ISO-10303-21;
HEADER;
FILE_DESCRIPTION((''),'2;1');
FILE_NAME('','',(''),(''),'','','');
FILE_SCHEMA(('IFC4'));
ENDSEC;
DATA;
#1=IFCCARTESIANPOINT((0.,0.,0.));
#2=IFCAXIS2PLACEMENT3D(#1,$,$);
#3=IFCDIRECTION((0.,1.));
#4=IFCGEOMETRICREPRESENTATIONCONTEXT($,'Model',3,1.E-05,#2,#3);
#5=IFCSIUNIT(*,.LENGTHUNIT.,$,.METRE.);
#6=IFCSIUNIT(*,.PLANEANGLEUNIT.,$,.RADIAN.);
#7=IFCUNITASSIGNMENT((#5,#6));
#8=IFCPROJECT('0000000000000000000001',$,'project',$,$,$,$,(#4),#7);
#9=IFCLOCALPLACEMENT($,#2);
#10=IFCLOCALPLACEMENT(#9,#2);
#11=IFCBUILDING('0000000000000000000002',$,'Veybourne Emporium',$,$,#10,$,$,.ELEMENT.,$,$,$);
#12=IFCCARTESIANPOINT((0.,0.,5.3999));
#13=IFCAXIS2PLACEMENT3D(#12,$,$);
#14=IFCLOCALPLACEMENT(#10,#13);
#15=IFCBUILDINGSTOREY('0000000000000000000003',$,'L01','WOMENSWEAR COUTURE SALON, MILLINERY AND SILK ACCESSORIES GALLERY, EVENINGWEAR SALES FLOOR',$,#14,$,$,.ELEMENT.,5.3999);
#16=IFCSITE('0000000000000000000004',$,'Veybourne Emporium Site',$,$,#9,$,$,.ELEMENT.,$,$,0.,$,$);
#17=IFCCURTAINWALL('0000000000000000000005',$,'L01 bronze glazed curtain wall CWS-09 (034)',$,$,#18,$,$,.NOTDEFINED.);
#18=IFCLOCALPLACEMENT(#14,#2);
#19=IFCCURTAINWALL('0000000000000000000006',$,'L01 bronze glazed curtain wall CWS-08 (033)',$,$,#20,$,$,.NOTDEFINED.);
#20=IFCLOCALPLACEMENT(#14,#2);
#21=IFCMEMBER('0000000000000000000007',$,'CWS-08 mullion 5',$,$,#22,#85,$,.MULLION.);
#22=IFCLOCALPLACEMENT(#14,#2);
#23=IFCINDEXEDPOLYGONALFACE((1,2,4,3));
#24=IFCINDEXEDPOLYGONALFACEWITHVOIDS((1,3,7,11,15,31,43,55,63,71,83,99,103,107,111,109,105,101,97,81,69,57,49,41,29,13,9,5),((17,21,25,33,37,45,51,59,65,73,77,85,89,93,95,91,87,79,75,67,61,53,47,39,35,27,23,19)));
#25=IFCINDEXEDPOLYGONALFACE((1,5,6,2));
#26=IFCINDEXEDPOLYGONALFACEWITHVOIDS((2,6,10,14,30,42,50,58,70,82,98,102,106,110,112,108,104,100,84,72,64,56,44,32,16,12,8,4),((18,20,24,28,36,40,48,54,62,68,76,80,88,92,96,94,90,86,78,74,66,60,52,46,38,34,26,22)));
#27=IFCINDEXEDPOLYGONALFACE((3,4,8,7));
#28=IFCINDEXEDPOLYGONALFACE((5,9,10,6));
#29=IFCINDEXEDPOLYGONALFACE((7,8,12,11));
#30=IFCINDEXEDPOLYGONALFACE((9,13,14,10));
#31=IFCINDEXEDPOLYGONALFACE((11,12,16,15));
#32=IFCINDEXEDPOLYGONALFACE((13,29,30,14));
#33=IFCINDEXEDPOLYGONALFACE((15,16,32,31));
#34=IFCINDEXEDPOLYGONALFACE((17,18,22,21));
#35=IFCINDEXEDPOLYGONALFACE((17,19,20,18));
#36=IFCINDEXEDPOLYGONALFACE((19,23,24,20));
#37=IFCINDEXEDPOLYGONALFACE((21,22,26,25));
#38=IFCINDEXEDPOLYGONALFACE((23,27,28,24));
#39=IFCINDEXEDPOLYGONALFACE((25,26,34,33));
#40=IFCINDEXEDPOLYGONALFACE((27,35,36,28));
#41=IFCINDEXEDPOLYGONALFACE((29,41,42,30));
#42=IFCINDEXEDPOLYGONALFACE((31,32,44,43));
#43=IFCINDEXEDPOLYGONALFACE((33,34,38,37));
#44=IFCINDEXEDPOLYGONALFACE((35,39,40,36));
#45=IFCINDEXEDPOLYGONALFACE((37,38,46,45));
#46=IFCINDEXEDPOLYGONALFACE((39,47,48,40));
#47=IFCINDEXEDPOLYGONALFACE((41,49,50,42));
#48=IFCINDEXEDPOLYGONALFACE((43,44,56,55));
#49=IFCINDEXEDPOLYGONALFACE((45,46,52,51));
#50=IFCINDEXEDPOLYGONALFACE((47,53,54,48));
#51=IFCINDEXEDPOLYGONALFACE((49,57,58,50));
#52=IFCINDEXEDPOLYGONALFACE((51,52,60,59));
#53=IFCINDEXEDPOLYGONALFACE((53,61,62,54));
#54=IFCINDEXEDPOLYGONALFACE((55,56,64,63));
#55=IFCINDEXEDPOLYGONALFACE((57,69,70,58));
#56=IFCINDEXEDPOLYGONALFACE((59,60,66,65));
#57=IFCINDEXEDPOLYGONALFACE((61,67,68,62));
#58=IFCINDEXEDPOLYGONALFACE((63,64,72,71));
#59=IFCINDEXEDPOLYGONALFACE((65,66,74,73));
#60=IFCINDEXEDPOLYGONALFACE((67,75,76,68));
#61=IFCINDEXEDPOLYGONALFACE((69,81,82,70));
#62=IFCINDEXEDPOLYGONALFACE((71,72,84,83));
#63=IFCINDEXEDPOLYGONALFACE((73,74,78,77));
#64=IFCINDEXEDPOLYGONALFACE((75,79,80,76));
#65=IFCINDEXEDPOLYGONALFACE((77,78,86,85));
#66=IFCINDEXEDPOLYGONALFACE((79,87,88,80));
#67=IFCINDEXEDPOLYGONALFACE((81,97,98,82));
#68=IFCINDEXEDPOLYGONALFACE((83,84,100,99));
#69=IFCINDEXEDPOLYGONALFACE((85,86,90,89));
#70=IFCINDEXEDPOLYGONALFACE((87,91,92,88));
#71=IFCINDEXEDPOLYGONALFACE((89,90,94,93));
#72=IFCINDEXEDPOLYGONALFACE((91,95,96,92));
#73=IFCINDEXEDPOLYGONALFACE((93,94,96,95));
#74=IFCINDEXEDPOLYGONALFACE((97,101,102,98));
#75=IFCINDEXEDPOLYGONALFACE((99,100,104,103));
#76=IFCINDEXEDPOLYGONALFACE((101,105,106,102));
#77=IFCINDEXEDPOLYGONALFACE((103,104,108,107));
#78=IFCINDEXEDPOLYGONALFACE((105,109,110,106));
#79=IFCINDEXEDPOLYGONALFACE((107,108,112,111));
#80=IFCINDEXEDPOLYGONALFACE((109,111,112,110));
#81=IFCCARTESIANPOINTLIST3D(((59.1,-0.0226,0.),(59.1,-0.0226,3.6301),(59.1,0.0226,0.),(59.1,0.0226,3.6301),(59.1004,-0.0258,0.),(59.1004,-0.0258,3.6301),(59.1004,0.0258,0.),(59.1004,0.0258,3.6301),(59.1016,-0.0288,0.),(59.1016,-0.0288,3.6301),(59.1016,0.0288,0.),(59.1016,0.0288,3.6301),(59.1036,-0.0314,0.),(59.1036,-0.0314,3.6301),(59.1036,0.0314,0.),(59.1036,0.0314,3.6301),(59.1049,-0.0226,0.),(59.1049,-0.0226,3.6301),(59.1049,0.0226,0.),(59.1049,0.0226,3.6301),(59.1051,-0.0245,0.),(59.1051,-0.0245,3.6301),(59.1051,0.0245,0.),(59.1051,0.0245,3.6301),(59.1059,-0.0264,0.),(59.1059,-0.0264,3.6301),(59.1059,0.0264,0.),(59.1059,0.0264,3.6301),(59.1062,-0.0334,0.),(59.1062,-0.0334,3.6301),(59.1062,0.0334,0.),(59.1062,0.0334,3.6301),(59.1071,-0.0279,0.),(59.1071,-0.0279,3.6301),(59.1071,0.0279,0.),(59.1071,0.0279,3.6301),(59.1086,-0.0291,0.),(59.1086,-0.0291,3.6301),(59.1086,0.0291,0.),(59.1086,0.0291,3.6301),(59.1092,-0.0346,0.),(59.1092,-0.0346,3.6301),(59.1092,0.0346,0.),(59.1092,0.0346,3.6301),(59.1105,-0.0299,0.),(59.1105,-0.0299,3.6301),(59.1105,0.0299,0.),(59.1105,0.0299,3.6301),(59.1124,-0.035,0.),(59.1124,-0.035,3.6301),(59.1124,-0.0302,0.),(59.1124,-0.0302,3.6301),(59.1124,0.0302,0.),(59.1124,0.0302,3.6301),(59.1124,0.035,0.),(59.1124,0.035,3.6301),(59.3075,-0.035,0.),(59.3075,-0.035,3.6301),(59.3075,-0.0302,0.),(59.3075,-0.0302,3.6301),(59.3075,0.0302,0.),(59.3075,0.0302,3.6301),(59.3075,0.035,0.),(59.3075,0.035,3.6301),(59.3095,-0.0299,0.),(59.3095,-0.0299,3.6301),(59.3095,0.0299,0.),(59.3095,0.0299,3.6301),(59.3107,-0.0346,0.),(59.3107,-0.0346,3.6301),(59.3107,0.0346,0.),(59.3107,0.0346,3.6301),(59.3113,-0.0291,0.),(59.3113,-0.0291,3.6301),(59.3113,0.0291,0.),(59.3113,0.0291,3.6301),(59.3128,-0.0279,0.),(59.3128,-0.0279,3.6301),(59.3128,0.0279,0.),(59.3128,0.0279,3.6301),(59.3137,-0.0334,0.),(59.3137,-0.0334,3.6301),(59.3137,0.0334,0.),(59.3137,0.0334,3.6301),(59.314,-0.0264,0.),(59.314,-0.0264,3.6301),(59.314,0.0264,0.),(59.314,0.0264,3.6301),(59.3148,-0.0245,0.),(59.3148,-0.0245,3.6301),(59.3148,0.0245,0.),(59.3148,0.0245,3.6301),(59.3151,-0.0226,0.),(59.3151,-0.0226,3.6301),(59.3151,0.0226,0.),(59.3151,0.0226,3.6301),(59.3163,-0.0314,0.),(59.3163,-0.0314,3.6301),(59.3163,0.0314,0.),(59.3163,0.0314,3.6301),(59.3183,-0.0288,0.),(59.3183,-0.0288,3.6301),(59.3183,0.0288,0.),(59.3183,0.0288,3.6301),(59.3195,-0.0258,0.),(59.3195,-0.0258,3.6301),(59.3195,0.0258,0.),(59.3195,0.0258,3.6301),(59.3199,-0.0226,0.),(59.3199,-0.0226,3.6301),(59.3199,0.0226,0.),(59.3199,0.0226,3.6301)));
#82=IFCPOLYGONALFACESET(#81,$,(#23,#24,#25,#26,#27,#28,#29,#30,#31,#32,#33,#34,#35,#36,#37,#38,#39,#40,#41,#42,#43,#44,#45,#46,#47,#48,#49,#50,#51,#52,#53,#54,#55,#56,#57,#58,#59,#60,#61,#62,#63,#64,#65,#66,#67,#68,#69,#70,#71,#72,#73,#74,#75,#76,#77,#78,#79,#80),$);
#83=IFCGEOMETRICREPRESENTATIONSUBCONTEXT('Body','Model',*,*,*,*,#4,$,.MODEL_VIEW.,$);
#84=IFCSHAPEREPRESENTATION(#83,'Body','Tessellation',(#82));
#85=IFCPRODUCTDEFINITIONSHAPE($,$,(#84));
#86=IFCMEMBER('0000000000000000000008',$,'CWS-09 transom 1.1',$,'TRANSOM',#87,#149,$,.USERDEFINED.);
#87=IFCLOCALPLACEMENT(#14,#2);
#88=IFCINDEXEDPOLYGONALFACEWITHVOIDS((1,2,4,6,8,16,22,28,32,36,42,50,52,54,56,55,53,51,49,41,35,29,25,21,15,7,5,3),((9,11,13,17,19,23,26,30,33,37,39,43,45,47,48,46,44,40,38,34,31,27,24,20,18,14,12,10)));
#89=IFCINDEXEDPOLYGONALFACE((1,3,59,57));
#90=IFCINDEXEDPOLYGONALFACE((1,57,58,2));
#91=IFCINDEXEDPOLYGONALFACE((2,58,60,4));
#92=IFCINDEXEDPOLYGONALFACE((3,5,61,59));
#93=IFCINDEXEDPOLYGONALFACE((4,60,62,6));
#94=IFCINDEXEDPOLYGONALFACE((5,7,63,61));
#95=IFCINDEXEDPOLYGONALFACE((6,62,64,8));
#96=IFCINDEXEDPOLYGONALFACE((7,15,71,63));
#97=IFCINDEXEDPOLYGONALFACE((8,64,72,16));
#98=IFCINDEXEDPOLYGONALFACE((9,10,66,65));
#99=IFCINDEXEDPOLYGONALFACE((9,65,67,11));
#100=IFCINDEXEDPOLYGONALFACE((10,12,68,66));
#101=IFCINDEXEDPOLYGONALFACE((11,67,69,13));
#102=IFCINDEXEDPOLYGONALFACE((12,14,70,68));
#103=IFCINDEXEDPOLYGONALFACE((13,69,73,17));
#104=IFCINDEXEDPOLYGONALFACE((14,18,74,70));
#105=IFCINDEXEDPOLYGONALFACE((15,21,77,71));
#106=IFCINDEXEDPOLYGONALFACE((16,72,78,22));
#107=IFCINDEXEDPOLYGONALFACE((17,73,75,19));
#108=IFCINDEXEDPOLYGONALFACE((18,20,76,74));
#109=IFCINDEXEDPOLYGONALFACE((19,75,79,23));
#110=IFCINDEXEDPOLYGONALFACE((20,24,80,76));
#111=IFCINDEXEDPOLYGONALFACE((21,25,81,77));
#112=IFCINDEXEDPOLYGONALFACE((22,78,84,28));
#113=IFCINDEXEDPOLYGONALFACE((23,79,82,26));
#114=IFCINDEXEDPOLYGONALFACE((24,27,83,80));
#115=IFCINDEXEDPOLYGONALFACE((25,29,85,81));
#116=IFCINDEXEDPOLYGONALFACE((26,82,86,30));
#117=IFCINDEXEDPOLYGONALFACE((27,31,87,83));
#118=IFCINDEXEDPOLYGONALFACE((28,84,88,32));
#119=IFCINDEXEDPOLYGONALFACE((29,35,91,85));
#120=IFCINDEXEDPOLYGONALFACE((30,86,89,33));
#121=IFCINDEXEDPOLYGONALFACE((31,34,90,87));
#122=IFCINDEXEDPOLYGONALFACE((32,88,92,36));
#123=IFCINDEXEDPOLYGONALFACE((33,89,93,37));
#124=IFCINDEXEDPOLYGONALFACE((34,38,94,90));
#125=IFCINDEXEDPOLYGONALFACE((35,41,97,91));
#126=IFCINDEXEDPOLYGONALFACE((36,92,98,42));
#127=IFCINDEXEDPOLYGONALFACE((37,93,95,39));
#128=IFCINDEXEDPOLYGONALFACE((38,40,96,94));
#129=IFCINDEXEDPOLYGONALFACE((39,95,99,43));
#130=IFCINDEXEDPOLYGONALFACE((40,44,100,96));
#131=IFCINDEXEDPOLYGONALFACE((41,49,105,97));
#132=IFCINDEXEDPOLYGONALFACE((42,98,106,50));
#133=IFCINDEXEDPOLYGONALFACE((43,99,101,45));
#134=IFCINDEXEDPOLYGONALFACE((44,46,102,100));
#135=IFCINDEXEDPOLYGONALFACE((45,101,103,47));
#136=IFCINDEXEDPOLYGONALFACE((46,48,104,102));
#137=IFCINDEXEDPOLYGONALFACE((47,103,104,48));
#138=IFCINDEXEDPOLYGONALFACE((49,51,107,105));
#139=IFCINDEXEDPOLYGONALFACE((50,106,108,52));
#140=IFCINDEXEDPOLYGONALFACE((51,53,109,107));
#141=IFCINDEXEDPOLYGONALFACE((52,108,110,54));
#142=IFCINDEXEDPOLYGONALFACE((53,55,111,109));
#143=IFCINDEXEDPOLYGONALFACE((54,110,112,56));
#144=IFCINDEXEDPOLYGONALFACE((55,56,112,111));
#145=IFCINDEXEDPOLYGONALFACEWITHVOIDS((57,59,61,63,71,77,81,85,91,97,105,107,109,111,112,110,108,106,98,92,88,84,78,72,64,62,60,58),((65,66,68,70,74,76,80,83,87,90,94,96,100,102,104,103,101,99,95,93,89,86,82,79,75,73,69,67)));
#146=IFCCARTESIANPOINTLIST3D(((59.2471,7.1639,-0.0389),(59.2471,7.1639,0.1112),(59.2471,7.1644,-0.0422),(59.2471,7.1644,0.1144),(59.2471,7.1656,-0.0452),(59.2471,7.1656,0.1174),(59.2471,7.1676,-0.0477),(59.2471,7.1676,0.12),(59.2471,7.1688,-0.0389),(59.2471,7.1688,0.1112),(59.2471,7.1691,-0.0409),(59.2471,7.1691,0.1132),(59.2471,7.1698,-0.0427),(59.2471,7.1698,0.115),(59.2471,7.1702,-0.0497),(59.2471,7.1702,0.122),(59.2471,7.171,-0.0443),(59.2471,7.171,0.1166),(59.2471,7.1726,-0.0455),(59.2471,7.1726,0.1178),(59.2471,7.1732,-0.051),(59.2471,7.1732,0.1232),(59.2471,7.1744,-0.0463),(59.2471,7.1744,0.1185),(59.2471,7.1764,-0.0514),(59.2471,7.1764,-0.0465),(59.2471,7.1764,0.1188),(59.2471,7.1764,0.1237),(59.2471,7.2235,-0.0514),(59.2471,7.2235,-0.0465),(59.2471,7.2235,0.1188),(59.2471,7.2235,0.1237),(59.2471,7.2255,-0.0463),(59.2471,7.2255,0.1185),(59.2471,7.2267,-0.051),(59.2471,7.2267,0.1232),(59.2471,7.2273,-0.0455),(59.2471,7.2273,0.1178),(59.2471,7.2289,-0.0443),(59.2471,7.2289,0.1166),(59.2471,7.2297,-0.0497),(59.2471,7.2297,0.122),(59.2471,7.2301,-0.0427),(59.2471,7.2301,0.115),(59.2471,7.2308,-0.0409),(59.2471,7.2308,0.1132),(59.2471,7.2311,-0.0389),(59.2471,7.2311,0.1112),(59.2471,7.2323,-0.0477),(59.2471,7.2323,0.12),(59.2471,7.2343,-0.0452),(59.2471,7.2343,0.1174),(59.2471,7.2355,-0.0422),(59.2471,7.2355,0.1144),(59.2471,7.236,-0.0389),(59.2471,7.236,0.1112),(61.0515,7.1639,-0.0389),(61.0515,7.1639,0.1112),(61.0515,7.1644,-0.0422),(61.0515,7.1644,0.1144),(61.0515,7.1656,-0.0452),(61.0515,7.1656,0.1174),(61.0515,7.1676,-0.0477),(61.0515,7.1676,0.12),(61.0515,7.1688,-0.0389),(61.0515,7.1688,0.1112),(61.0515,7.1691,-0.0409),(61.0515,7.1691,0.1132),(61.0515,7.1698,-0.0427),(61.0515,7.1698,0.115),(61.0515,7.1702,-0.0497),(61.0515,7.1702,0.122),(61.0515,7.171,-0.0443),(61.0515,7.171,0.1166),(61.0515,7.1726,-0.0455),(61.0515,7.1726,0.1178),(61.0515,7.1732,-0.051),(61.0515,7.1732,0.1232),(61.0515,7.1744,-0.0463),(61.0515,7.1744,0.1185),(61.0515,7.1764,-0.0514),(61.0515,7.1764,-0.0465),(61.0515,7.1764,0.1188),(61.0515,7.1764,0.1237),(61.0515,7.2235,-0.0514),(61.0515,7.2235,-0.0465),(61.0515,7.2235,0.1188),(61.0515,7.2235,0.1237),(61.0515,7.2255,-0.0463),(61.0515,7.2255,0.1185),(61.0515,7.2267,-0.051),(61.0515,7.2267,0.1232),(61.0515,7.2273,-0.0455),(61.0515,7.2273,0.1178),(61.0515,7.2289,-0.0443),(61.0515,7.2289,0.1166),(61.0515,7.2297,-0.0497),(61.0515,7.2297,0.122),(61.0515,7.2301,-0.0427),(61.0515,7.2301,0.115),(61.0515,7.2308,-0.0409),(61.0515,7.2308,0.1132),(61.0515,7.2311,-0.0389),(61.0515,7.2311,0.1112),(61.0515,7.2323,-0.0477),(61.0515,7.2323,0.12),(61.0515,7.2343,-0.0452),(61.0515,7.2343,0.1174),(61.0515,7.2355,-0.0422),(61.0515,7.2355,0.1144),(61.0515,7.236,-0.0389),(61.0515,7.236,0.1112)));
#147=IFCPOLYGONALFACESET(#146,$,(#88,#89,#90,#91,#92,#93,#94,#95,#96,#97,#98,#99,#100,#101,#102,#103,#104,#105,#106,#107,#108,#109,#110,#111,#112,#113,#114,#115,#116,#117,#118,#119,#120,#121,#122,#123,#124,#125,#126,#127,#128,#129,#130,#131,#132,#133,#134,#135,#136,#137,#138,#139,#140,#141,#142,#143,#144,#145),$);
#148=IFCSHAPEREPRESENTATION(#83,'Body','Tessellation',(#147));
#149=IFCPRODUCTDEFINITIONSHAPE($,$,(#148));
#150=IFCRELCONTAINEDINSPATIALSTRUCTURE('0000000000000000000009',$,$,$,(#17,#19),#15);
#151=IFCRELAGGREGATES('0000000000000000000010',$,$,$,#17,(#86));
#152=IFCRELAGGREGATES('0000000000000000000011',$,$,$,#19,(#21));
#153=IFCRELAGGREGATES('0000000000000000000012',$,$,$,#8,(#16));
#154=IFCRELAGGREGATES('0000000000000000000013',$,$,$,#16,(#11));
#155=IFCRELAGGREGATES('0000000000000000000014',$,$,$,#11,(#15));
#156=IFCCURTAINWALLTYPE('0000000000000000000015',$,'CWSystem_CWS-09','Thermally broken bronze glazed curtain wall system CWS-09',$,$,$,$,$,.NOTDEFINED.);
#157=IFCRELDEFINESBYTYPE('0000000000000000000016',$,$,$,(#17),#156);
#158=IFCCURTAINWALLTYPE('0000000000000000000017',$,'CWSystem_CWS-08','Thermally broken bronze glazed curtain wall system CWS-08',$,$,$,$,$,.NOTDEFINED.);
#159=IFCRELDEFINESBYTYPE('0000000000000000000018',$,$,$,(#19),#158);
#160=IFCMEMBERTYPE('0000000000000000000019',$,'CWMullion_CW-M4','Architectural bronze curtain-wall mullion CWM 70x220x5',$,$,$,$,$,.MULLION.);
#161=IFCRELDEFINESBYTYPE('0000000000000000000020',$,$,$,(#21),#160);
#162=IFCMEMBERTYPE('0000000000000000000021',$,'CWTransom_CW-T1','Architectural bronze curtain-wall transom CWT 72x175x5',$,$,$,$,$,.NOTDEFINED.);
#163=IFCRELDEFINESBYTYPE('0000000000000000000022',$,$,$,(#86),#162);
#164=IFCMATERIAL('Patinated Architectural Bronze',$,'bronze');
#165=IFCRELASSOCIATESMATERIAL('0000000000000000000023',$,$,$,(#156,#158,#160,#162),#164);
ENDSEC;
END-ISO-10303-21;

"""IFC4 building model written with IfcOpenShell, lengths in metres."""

from ifc_helpers import new_model, si_unit, direction, frame, origin, origin_2d, place, context, subcontext, project, spatial, hollow_rectangle, extrude, material, material_profile, profile_set, type_object, element, aggregate, save


model = new_model("IFC4")

# Units and contexts
model_context = context("Model", 3, precision=1e-05, world=origin(), true_north=direction((0.0, 1.0)))
body_context = subcontext(model_context, "Body", "Model", "MODEL_VIEW")
ifc_project = project(units=[si_unit("LENGTHUNIT", "METRE"), si_unit("PLANEANGLEUNIT", "RADIAN")], contexts=[model_context])

# Site, building, storey
site_placement = place(None, origin())
site = spatial("IfcSite", under=ifc_project, at=site_placement, Name="Veybourne Emporium Site", CompositionType="ELEMENT", RefElevation=0.0)
building_placement = place(site_placement, origin())
building = spatial("IfcBuilding", under=site, at=building_placement, Name="Veybourne Emporium", CompositionType="ELEMENT")
storey_placement = place(building_placement, frame((0.0, 0.0, 5.3999)))
storey = spatial("IfcBuildingStorey", under=building, at=storey_placement, Name="L01", Description="WOMENSWEAR COUTURE SALON, MILLINERY AND SILK ACCESSORIES GALLERY, EVENINGWEAR SALES FLOOR", CompositionType="ELEMENT", Elevation=5.3999)

# Curtain wall
ifc_material_1 = material(Name="Patinated Architectural Bronze", Category="bronze")
curtain_wall_type_1 = type_object("IfcCurtainWallType", Name="CWSystem_CWS-09", Description="Thermally broken bronze glazed curtain wall system CWS-09", PredefinedType="NOTDEFINED", material=ifc_material_1)
curtain_wall_1_placement = place(storey_placement, origin())
curtain_wall_1 = element("IfcCurtainWall", 1, at=curtain_wall_1_placement, inside=storey, type_object=curtain_wall_type_1, Name="L01 bronze glazed curtain wall CWS-09 (034)", PredefinedType="NOTDEFINED")

# Curtain wall, member
curtain_wall_type_2 = type_object("IfcCurtainWallType", Name="CWSystem_CWS-08", Description="Thermally broken bronze glazed curtain wall system CWS-08", PredefinedType="NOTDEFINED", material=ifc_material_1)
curtain_wall_2_placement = place(storey_placement, origin())
curtain_wall_2 = element("IfcCurtainWall", 2, at=curtain_wall_2_placement, inside=storey, type_object=curtain_wall_type_2, Name="L01 bronze glazed curtain wall CWS-08 (033)", PredefinedType="NOTDEFINED")
ifc_material_profile_1 = material_profile(ifc_material_1, hollow_rectangle(XDim=0.0701, YDim=0.22, WallThickness=0.0049, InnerFilletRadius=0.0076, OuterFilletRadius=0.0125, at=origin_2d()), Name="CWM 70x220x5")
ifc_profile_set_1 = profile_set([ifc_material_profile_1], Name="Patinated Architectural Bronze")
member_type_1 = type_object("IfcMemberType", Name="CWMullion_CW-M4", Description="Architectural bronze curtain-wall mullion CWM 70x220x5", PredefinedType="MULLION", material=ifc_profile_set_1)
member_1_placement = place(storey_placement, frame((59.21, 0.0, 0.0), z_axis=(0.0, 0.0, 1.0), x_axis=(0.0, -1.0, 0.0)))
member_1 = element("IfcMember", 3, at=member_1_placement, type_object=member_type_1, Name="CWS-08 mullion 5", PredefinedType="MULLION", context=body_context, shape_type="SweptSolid", body=[
    extrude(hollow_rectangle(XDim=0.0701, YDim=0.22, WallThickness=0.0049, InnerFilletRadius=0.0076, OuterFilletRadius=0.0125, at=origin_2d()), origin(), (0.0, 0.0, 1.0), 3.6301),
])

# Member
ifc_material_profile_2 = material_profile(ifc_material_1, hollow_rectangle(XDim=0.072, YDim=0.175, WallThickness=0.0049, InnerFilletRadius=0.0076, OuterFilletRadius=0.0125, at=origin_2d()), Name="CWT 72x175x5")
ifc_profile_set_2 = profile_set([ifc_material_profile_2], Name="Patinated Architectural Bronze")
member_type_2 = type_object("IfcMemberType", Name="CWTransom_CW-T1", Description="Architectural bronze curtain-wall transom CWT 72x175x5", PredefinedType="NOTDEFINED", material=ifc_profile_set_2)
member_2_placement = place(storey_placement, frame((59.2471, 7.2, 0.0361), z_axis=(1.0, 0.0, 0.0), x_axis=(0.0, 1.0, 0.0)))
member_2 = element("IfcMember", 4, at=member_2_placement, type_object=member_type_2, Name="CWS-09 transom 1.1", ObjectType="TRANSOM", PredefinedType="USERDEFINED", context=body_context, shape_type="SweptSolid", body=[
    extrude(hollow_rectangle(XDim=0.072, YDim=0.175, WallThickness=0.0049, InnerFilletRadius=0.0076, OuterFilletRadius=0.0125, at=origin_2d()), origin(), (0.0, 0.0, 1.0), 1.8044),
])
aggregate(curtain_wall_1, [member_2])

aggregate(curtain_wall_2, [member_1])

save(model, "model.ifc")
